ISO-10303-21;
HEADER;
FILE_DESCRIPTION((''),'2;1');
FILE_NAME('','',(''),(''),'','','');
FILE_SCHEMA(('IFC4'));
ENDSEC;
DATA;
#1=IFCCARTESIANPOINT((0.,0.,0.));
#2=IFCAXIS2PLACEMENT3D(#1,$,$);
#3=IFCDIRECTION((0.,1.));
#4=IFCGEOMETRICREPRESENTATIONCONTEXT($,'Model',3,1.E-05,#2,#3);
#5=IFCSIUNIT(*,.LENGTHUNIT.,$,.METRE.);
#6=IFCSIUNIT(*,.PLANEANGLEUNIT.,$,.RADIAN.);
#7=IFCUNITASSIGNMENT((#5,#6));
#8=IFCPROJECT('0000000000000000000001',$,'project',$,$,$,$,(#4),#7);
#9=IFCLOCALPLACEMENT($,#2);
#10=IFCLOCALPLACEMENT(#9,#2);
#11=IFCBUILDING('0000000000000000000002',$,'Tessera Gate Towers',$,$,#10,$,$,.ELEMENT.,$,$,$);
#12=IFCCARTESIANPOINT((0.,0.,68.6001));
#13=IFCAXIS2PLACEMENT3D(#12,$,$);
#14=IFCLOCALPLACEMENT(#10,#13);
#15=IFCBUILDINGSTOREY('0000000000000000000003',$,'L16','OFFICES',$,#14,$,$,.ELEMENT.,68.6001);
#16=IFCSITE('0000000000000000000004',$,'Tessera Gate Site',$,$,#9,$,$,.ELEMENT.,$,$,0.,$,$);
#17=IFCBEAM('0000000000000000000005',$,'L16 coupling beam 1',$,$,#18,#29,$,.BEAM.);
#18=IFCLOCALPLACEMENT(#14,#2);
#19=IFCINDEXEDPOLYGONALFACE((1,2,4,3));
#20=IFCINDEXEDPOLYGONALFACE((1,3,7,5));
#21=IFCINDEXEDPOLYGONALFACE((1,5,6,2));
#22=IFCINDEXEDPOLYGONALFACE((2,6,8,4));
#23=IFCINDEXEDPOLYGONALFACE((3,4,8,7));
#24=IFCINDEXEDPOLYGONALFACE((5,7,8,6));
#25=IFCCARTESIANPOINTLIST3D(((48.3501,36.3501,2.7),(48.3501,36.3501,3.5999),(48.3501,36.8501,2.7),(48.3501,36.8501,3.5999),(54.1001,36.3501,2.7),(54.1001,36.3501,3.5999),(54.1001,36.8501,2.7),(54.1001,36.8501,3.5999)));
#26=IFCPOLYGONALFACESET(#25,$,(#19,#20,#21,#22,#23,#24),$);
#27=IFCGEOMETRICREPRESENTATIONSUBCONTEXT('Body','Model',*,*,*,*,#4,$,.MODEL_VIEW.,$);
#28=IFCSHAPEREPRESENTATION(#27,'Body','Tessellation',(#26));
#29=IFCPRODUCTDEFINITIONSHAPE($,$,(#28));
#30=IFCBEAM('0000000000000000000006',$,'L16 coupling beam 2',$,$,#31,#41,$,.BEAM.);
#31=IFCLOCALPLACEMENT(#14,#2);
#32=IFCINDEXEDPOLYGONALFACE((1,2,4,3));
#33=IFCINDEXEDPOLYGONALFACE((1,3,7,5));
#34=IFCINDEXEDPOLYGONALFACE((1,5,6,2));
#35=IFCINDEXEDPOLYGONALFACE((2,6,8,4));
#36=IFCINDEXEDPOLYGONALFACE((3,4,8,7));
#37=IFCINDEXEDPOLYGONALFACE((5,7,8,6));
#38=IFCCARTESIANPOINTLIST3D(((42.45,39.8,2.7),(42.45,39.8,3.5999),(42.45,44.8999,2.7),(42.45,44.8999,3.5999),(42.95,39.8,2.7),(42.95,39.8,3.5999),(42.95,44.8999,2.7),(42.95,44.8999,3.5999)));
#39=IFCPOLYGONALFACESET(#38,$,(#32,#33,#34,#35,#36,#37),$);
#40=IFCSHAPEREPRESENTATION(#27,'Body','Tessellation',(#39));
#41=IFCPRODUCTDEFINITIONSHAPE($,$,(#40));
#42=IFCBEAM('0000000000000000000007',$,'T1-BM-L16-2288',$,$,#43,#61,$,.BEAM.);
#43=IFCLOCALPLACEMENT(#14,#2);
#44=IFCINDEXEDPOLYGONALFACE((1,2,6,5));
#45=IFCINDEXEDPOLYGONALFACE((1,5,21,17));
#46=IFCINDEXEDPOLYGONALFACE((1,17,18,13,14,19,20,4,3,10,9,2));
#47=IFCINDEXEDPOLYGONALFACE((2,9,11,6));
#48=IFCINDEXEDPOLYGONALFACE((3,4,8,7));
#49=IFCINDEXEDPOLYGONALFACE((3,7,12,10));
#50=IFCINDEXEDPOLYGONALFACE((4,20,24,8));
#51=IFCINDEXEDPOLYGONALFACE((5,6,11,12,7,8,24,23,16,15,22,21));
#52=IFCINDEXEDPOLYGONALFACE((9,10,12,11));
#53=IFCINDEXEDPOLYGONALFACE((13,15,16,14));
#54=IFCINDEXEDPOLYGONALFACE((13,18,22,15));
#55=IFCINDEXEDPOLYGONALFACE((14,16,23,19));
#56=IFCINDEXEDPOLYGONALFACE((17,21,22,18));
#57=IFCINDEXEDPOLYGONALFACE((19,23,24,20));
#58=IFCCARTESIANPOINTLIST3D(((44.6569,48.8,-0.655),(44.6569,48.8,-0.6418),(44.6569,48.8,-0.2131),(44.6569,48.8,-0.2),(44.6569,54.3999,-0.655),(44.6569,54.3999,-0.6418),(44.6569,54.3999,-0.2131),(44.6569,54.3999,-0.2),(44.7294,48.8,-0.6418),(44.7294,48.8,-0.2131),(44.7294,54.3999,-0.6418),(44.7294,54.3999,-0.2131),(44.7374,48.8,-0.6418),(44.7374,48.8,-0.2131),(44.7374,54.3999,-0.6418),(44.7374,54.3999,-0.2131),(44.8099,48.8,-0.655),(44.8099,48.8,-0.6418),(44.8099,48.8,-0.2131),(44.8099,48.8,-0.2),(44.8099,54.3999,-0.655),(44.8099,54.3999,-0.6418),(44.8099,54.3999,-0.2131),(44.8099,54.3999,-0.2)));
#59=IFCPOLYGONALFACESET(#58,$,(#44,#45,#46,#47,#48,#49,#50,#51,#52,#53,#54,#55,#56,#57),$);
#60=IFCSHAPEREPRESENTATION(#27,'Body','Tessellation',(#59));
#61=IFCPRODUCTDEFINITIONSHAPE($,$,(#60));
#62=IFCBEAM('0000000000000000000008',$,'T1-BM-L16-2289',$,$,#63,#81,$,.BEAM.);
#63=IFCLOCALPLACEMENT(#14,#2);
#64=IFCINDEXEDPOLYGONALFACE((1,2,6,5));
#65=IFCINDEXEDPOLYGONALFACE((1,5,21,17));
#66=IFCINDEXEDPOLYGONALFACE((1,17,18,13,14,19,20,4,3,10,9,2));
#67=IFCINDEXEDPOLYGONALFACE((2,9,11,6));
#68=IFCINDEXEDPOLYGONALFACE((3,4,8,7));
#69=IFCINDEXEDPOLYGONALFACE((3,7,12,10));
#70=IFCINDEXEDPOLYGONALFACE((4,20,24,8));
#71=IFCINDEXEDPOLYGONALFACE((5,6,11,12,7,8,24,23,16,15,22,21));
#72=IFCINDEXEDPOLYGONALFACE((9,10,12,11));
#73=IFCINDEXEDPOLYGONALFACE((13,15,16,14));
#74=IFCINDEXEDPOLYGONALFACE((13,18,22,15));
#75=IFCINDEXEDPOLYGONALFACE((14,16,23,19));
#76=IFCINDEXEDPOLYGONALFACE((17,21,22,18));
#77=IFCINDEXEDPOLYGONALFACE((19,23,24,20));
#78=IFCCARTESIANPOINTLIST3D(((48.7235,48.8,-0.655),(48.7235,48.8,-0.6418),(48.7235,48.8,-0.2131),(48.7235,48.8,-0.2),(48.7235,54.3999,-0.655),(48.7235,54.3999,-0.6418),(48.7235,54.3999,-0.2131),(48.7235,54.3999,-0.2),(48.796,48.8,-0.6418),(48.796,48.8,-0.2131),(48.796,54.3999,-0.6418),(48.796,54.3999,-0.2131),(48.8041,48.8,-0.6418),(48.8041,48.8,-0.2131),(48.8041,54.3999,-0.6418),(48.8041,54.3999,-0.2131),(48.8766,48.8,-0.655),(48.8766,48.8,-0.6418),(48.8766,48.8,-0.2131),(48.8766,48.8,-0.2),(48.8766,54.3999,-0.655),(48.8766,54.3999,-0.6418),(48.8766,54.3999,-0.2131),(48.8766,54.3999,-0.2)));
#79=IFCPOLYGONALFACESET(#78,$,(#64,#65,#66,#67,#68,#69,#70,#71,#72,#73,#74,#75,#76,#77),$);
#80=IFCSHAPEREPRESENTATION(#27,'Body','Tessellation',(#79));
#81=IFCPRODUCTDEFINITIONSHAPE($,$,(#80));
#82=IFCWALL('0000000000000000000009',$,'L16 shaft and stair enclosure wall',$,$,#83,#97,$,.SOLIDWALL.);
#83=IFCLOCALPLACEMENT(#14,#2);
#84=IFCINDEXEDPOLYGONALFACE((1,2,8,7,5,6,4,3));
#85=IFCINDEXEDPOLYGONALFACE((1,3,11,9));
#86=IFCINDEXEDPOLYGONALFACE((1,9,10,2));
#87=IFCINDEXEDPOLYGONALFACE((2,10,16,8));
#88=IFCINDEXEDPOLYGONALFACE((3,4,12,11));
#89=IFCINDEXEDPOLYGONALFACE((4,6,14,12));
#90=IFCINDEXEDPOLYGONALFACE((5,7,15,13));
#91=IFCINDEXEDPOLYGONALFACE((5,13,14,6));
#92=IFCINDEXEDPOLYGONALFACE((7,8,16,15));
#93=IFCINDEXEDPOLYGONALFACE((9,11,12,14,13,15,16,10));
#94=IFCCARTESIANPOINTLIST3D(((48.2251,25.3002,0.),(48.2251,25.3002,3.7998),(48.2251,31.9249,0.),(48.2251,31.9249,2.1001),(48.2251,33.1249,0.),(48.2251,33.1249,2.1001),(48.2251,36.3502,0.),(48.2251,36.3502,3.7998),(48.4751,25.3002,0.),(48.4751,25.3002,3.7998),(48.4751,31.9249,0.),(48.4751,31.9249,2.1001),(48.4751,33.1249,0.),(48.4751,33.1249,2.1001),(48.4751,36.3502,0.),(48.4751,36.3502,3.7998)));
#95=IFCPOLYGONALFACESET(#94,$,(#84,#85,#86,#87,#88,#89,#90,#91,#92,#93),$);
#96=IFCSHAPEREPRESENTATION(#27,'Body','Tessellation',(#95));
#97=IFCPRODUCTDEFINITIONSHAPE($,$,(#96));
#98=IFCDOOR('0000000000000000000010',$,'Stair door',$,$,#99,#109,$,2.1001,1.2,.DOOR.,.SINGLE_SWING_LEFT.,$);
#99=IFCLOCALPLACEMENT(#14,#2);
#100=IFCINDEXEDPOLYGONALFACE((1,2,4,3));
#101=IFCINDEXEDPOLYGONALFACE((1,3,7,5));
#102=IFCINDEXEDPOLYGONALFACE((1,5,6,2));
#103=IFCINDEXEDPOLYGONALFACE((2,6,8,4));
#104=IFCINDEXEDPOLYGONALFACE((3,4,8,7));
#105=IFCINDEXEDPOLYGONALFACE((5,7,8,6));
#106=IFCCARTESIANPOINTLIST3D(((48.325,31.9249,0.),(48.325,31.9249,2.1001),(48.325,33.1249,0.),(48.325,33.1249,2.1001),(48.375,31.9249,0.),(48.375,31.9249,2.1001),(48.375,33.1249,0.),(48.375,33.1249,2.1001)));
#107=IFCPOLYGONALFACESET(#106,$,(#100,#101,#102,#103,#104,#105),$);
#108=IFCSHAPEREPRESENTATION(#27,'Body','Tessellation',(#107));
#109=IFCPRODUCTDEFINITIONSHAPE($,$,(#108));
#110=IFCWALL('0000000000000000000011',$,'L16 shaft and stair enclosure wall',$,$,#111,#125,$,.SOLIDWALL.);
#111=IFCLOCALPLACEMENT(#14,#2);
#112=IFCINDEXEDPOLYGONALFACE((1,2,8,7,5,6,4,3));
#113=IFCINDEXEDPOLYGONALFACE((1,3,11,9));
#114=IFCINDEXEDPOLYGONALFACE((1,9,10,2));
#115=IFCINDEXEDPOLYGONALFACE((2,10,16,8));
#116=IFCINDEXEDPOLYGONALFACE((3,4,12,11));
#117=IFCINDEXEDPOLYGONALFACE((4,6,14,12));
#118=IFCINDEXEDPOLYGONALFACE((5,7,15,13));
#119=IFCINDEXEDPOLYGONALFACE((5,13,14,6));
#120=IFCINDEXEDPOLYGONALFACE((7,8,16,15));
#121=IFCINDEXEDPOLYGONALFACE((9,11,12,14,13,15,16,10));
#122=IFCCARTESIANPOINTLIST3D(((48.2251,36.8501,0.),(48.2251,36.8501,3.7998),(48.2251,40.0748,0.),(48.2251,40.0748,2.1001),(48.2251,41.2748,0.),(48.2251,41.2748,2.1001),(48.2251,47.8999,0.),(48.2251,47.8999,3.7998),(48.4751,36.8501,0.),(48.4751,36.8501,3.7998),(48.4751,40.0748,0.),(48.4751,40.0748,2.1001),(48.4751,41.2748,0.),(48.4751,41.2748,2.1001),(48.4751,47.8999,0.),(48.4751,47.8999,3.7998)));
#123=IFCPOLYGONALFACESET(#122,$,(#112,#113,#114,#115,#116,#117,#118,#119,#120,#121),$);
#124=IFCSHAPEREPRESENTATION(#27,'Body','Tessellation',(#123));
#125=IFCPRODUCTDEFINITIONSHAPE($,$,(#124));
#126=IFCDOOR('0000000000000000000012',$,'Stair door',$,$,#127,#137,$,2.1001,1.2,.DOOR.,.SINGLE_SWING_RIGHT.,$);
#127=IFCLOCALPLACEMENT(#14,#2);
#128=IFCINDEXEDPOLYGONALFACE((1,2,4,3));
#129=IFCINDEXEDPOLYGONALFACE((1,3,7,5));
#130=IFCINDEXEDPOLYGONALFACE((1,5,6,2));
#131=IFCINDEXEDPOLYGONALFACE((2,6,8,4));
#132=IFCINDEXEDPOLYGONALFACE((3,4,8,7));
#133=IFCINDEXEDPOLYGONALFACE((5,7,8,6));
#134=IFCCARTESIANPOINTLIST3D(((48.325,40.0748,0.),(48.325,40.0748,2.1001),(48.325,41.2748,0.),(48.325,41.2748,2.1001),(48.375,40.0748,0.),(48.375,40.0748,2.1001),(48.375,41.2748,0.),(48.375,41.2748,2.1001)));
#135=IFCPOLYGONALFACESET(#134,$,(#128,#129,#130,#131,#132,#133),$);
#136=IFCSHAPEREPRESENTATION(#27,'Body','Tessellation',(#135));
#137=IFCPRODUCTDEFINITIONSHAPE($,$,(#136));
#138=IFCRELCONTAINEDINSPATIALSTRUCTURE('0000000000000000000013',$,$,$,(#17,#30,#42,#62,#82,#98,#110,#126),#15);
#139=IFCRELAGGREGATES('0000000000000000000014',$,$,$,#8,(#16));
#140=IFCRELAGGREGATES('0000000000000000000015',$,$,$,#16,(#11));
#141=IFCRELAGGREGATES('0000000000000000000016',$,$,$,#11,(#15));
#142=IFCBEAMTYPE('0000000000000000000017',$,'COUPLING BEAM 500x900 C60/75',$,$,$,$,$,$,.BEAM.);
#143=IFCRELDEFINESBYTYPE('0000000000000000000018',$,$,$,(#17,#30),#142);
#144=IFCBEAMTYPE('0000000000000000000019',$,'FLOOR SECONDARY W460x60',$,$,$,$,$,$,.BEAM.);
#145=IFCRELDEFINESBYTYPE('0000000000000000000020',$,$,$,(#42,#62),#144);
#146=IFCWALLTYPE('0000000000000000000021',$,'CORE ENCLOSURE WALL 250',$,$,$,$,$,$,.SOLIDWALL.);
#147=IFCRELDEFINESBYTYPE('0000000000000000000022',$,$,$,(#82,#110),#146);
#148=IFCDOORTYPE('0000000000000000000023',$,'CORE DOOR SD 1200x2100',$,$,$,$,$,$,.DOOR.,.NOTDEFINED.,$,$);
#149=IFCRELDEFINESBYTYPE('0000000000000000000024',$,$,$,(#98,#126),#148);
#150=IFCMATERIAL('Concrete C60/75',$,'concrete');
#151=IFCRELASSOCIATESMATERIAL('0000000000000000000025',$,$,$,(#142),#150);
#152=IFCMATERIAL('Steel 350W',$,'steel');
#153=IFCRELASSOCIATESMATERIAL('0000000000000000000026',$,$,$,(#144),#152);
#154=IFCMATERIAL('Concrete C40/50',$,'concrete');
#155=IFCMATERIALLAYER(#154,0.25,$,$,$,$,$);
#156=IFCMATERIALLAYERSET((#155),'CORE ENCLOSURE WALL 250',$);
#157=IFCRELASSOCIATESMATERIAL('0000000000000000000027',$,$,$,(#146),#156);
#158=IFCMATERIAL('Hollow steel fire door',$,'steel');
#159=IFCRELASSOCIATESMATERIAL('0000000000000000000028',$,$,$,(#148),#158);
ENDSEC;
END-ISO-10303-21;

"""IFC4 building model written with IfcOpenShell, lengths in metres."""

from ifc_helpers import new_model, si_unit, direction, frame, frame_2d, origin, origin_2d, place, context, subcontext, project, spatial, rectangle, i_section, extrude, source, transform, mapped, material, layer, layer_set, material_profile, profile_set, type_object, element, fill, save


model = new_model("IFC4")

# Units and contexts
model_context = context("Model", 3, precision=1e-05, world=origin(), true_north=direction((0.0, 1.0)))
body_context = subcontext(model_context, "Body", "Model", "MODEL_VIEW")
ifc_project = project(units=[si_unit("LENGTHUNIT", "METRE"), si_unit("PLANEANGLEUNIT", "RADIAN")], contexts=[model_context])

# Site, building, storey
site_placement = place(None, origin())
site = spatial("IfcSite", under=ifc_project, at=site_placement, Name="Tessera Gate Site", CompositionType="ELEMENT", RefElevation=0.0)
building_placement = place(site_placement, origin())
building = spatial("IfcBuilding", under=site, at=building_placement, Name="Tessera Gate Towers", CompositionType="ELEMENT")
storey_placement = place(building_placement, frame((0.0, 0.0, 68.6001)))
storey = spatial("IfcBuildingStorey", under=building, at=storey_placement, Name="L16", Description="OFFICES", CompositionType="ELEMENT", Elevation=68.6001)

# Beams
ifc_material_1 = material(Name="Concrete C60/75", Category="concrete")
ifc_material_profile_1 = material_profile(ifc_material_1, rectangle(XDim=0.5, YDim=0.8999, at=origin_2d()), Name="RC 500x900")
ifc_profile_set_1 = profile_set([ifc_material_profile_1], Name="Concrete C60/75")
beam_type_1 = type_object("IfcBeamType", Name="COUPLING BEAM 500x900 C60/75", PredefinedType="BEAM", material=ifc_profile_set_1)
beam_1_placement = place(storey_placement, frame((48.3501, 36.6001, 3.1499), z_axis=(1.0, 0.0, 0.0), x_axis=(0.0, 1.0, 0.0)))
element("IfcBeam", 1, at=beam_1_placement, inside=storey, type_object=beam_type_1, Name="L16 coupling beam 1", PredefinedType="BEAM", context=body_context, shape_type="SweptSolid", body=[
    extrude(rectangle(XDim=0.5, YDim=0.8999, at=origin_2d()), origin(), (0.0, 0.0, 1.0), 5.75),
])
beam_2_placement = place(storey_placement, frame((42.7, 39.8, 3.1499), z_axis=(0.0, 1.0, 0.0), x_axis=(-1.0, 0.0, 0.0)))
element("IfcBeam", 2, at=beam_2_placement, inside=storey, type_object=beam_type_1, Name="L16 coupling beam 2", PredefinedType="BEAM", context=body_context, shape_type="SweptSolid", body=[
    extrude(rectangle(XDim=0.5, YDim=0.8999, at=origin_2d()), origin(), (0.0, 0.0, 1.0), 5.0999),
])
ifc_material_2 = material(Name="Steel 350W", Category="steel")
ifc_material_profile_2 = material_profile(ifc_material_2, i_section(OverallWidth=0.1531, OverallDepth=0.4551, WebThickness=0.0081, FlangeThickness=0.0132, at=origin_2d()), Name="W460x60")
ifc_profile_set_2 = profile_set([ifc_material_profile_2], Name="Steel 350W")
beam_type_2 = type_object("IfcBeamType", Name="FLOOR SECONDARY W460x60", PredefinedType="BEAM", material=ifc_profile_set_2)
for number, where, z_axis, x_axis, name in (
    (3, (44.7334, 48.8, -0.4275), (0.0, 1.0, 0.0), (-1.0, 0.0, 0.0), "T1-BM-L16-2288"),
    (4, (48.8, 48.8, -0.4275), (0.0, 1.0, 0.0), (-1.0, 0.0, 0.0), "T1-BM-L16-2289"),
):
    element("IfcBeam", number, at=place(storey_placement, frame(where, z_axis=z_axis, x_axis=x_axis)), inside=storey, type_object=beam_type_2, Name=name, PredefinedType="BEAM", context=body_context, shape_type="SweptSolid", body=[
        extrude(i_section(OverallWidth=0.1531, OverallDepth=0.4551, WebThickness=0.0081, FlangeThickness=0.0132, at=origin_2d()), origin(), (0.0, 0.0, 1.0), 5.5999),
    ])

# Walls, openings, doors
ifc_material_3 = material(Name="Concrete C40/50", Category="concrete")
ifc_layer_1 = layer(ifc_material_3, 0.25)
ifc_layer_set_1 = layer_set([ifc_layer_1], Name="CORE ENCLOSURE WALL 250")
wall_type_1 = type_object("IfcWallType", Name="CORE ENCLOSURE WALL 250", PredefinedType="SOLIDWALL", material=ifc_layer_set_1)
wall_1_placement = place(storey_placement, frame((48.3501, 36.3501, 0.0), z_axis=(0.0, 0.0, 1.0), x_axis=(0.0, -1.0, 0.0)))
wall_1 = element("IfcWall", 5, at=wall_1_placement, inside=storey, type_object=wall_type_1, Name="L16 shaft and stair enclosure wall", PredefinedType="SOLIDWALL", context=body_context, shape_type="SweptSolid", body=[
    extrude(rectangle(XDim=11.05, YDim=0.25, at=frame_2d((5.5249, 0.0))), origin(), (0.0, 0.0, 1.0), 3.7998),
])
shared_shape_1 = source(origin(), body_context, "Body", "SweptSolid", [
    extrude(rectangle(XDim=1.2, YDim=2.1001, at=frame_2d((0.6001, 1.05))), frame((0.0, 0.135, 0.0), z_axis=(0.0, -1.0, 0.0), x_axis=(1.0, 0.0, 0.0)), (0.0, 0.0, 1.0), 0.27),
])
opening_1_placement = place(wall_1_placement, frame((3.2251, 0.0, 0.0)))
opening_1 = element("IfcOpeningElement", 6, at=opening_1_placement, cuts=wall_1, PredefinedType="OPENING", context=body_context, shape_type="MappedRepresentation", body=[
    mapped(shared_shape_1, transform((0.0, 0.0, 0.0), scale=1.0)),
])
ifc_material_4 = material(Name="Hollow steel fire door", Category="steel")
door_type_1 = type_object("IfcDoorType", Name="CORE DOOR SD 1200x2100", OperationType="NOTDEFINED", PredefinedType="DOOR", material=ifc_material_4)
shared_shape_2 = source(origin(), body_context, "Body", "SweptSolid", [
    extrude(rectangle(XDim=1.2, YDim=2.1001, at=frame_2d((0.6001, 1.05))), frame((0.0, 0.0249, 0.0), z_axis=(0.0, -1.0, 0.0), x_axis=(1.0, 0.0, 0.0)), (0.0, 0.0, 1.0), 0.05),
])
door_1_placement = place(opening_1_placement, origin())
door_1 = element("IfcDoor", 7, at=door_1_placement, inside=storey, type_object=door_type_1, Name="Stair door", OperationType="SINGLE_SWING_LEFT", OverallHeight=2.1001, OverallWidth=1.2, PredefinedType="DOOR", context=body_context, shape_type="MappedRepresentation", body=[
    mapped(shared_shape_2, transform((0.0, 0.0, 0.0), scale=1.0)),
])
fill(opening_1, door_1)
wall_2_placement = place(storey_placement, frame((48.3501, 47.8999, 0.0), z_axis=(0.0, 0.0, 1.0), x_axis=(0.0, -1.0, 0.0)))
wall_2 = element("IfcWall", 8, at=wall_2_placement, inside=storey, type_object=wall_type_1, Name="L16 shaft and stair enclosure wall", PredefinedType="SOLIDWALL", context=body_context, shape_type="SweptSolid", body=[
    extrude(rectangle(XDim=11.0498, YDim=0.25, at=frame_2d((5.5249, 0.0))), origin(), (0.0, 0.0, 1.0), 3.7998),
])
opening_2_placement = place(wall_2_placement, frame((6.625, 0.0, 0.0)))
opening_2 = element("IfcOpeningElement", 9, at=opening_2_placement, cuts=wall_2, PredefinedType="OPENING", context=body_context, shape_type="MappedRepresentation", body=[
    mapped(shared_shape_1, transform((0.0, 0.0, 0.0), scale=1.0)),
])
door_2_placement = place(opening_2_placement, origin())
door_2 = element("IfcDoor", 10, at=door_2_placement, inside=storey, type_object=door_type_1, Name="Stair door", OperationType="SINGLE_SWING_RIGHT", OverallHeight=2.1001, OverallWidth=1.2, PredefinedType="DOOR", context=body_context, shape_type="MappedRepresentation", body=[
    mapped(shared_shape_2, transform((0.0, 0.0, 0.0), scale=1.0)),
])
fill(opening_2, door_2)

save(model, "model.ifc")
